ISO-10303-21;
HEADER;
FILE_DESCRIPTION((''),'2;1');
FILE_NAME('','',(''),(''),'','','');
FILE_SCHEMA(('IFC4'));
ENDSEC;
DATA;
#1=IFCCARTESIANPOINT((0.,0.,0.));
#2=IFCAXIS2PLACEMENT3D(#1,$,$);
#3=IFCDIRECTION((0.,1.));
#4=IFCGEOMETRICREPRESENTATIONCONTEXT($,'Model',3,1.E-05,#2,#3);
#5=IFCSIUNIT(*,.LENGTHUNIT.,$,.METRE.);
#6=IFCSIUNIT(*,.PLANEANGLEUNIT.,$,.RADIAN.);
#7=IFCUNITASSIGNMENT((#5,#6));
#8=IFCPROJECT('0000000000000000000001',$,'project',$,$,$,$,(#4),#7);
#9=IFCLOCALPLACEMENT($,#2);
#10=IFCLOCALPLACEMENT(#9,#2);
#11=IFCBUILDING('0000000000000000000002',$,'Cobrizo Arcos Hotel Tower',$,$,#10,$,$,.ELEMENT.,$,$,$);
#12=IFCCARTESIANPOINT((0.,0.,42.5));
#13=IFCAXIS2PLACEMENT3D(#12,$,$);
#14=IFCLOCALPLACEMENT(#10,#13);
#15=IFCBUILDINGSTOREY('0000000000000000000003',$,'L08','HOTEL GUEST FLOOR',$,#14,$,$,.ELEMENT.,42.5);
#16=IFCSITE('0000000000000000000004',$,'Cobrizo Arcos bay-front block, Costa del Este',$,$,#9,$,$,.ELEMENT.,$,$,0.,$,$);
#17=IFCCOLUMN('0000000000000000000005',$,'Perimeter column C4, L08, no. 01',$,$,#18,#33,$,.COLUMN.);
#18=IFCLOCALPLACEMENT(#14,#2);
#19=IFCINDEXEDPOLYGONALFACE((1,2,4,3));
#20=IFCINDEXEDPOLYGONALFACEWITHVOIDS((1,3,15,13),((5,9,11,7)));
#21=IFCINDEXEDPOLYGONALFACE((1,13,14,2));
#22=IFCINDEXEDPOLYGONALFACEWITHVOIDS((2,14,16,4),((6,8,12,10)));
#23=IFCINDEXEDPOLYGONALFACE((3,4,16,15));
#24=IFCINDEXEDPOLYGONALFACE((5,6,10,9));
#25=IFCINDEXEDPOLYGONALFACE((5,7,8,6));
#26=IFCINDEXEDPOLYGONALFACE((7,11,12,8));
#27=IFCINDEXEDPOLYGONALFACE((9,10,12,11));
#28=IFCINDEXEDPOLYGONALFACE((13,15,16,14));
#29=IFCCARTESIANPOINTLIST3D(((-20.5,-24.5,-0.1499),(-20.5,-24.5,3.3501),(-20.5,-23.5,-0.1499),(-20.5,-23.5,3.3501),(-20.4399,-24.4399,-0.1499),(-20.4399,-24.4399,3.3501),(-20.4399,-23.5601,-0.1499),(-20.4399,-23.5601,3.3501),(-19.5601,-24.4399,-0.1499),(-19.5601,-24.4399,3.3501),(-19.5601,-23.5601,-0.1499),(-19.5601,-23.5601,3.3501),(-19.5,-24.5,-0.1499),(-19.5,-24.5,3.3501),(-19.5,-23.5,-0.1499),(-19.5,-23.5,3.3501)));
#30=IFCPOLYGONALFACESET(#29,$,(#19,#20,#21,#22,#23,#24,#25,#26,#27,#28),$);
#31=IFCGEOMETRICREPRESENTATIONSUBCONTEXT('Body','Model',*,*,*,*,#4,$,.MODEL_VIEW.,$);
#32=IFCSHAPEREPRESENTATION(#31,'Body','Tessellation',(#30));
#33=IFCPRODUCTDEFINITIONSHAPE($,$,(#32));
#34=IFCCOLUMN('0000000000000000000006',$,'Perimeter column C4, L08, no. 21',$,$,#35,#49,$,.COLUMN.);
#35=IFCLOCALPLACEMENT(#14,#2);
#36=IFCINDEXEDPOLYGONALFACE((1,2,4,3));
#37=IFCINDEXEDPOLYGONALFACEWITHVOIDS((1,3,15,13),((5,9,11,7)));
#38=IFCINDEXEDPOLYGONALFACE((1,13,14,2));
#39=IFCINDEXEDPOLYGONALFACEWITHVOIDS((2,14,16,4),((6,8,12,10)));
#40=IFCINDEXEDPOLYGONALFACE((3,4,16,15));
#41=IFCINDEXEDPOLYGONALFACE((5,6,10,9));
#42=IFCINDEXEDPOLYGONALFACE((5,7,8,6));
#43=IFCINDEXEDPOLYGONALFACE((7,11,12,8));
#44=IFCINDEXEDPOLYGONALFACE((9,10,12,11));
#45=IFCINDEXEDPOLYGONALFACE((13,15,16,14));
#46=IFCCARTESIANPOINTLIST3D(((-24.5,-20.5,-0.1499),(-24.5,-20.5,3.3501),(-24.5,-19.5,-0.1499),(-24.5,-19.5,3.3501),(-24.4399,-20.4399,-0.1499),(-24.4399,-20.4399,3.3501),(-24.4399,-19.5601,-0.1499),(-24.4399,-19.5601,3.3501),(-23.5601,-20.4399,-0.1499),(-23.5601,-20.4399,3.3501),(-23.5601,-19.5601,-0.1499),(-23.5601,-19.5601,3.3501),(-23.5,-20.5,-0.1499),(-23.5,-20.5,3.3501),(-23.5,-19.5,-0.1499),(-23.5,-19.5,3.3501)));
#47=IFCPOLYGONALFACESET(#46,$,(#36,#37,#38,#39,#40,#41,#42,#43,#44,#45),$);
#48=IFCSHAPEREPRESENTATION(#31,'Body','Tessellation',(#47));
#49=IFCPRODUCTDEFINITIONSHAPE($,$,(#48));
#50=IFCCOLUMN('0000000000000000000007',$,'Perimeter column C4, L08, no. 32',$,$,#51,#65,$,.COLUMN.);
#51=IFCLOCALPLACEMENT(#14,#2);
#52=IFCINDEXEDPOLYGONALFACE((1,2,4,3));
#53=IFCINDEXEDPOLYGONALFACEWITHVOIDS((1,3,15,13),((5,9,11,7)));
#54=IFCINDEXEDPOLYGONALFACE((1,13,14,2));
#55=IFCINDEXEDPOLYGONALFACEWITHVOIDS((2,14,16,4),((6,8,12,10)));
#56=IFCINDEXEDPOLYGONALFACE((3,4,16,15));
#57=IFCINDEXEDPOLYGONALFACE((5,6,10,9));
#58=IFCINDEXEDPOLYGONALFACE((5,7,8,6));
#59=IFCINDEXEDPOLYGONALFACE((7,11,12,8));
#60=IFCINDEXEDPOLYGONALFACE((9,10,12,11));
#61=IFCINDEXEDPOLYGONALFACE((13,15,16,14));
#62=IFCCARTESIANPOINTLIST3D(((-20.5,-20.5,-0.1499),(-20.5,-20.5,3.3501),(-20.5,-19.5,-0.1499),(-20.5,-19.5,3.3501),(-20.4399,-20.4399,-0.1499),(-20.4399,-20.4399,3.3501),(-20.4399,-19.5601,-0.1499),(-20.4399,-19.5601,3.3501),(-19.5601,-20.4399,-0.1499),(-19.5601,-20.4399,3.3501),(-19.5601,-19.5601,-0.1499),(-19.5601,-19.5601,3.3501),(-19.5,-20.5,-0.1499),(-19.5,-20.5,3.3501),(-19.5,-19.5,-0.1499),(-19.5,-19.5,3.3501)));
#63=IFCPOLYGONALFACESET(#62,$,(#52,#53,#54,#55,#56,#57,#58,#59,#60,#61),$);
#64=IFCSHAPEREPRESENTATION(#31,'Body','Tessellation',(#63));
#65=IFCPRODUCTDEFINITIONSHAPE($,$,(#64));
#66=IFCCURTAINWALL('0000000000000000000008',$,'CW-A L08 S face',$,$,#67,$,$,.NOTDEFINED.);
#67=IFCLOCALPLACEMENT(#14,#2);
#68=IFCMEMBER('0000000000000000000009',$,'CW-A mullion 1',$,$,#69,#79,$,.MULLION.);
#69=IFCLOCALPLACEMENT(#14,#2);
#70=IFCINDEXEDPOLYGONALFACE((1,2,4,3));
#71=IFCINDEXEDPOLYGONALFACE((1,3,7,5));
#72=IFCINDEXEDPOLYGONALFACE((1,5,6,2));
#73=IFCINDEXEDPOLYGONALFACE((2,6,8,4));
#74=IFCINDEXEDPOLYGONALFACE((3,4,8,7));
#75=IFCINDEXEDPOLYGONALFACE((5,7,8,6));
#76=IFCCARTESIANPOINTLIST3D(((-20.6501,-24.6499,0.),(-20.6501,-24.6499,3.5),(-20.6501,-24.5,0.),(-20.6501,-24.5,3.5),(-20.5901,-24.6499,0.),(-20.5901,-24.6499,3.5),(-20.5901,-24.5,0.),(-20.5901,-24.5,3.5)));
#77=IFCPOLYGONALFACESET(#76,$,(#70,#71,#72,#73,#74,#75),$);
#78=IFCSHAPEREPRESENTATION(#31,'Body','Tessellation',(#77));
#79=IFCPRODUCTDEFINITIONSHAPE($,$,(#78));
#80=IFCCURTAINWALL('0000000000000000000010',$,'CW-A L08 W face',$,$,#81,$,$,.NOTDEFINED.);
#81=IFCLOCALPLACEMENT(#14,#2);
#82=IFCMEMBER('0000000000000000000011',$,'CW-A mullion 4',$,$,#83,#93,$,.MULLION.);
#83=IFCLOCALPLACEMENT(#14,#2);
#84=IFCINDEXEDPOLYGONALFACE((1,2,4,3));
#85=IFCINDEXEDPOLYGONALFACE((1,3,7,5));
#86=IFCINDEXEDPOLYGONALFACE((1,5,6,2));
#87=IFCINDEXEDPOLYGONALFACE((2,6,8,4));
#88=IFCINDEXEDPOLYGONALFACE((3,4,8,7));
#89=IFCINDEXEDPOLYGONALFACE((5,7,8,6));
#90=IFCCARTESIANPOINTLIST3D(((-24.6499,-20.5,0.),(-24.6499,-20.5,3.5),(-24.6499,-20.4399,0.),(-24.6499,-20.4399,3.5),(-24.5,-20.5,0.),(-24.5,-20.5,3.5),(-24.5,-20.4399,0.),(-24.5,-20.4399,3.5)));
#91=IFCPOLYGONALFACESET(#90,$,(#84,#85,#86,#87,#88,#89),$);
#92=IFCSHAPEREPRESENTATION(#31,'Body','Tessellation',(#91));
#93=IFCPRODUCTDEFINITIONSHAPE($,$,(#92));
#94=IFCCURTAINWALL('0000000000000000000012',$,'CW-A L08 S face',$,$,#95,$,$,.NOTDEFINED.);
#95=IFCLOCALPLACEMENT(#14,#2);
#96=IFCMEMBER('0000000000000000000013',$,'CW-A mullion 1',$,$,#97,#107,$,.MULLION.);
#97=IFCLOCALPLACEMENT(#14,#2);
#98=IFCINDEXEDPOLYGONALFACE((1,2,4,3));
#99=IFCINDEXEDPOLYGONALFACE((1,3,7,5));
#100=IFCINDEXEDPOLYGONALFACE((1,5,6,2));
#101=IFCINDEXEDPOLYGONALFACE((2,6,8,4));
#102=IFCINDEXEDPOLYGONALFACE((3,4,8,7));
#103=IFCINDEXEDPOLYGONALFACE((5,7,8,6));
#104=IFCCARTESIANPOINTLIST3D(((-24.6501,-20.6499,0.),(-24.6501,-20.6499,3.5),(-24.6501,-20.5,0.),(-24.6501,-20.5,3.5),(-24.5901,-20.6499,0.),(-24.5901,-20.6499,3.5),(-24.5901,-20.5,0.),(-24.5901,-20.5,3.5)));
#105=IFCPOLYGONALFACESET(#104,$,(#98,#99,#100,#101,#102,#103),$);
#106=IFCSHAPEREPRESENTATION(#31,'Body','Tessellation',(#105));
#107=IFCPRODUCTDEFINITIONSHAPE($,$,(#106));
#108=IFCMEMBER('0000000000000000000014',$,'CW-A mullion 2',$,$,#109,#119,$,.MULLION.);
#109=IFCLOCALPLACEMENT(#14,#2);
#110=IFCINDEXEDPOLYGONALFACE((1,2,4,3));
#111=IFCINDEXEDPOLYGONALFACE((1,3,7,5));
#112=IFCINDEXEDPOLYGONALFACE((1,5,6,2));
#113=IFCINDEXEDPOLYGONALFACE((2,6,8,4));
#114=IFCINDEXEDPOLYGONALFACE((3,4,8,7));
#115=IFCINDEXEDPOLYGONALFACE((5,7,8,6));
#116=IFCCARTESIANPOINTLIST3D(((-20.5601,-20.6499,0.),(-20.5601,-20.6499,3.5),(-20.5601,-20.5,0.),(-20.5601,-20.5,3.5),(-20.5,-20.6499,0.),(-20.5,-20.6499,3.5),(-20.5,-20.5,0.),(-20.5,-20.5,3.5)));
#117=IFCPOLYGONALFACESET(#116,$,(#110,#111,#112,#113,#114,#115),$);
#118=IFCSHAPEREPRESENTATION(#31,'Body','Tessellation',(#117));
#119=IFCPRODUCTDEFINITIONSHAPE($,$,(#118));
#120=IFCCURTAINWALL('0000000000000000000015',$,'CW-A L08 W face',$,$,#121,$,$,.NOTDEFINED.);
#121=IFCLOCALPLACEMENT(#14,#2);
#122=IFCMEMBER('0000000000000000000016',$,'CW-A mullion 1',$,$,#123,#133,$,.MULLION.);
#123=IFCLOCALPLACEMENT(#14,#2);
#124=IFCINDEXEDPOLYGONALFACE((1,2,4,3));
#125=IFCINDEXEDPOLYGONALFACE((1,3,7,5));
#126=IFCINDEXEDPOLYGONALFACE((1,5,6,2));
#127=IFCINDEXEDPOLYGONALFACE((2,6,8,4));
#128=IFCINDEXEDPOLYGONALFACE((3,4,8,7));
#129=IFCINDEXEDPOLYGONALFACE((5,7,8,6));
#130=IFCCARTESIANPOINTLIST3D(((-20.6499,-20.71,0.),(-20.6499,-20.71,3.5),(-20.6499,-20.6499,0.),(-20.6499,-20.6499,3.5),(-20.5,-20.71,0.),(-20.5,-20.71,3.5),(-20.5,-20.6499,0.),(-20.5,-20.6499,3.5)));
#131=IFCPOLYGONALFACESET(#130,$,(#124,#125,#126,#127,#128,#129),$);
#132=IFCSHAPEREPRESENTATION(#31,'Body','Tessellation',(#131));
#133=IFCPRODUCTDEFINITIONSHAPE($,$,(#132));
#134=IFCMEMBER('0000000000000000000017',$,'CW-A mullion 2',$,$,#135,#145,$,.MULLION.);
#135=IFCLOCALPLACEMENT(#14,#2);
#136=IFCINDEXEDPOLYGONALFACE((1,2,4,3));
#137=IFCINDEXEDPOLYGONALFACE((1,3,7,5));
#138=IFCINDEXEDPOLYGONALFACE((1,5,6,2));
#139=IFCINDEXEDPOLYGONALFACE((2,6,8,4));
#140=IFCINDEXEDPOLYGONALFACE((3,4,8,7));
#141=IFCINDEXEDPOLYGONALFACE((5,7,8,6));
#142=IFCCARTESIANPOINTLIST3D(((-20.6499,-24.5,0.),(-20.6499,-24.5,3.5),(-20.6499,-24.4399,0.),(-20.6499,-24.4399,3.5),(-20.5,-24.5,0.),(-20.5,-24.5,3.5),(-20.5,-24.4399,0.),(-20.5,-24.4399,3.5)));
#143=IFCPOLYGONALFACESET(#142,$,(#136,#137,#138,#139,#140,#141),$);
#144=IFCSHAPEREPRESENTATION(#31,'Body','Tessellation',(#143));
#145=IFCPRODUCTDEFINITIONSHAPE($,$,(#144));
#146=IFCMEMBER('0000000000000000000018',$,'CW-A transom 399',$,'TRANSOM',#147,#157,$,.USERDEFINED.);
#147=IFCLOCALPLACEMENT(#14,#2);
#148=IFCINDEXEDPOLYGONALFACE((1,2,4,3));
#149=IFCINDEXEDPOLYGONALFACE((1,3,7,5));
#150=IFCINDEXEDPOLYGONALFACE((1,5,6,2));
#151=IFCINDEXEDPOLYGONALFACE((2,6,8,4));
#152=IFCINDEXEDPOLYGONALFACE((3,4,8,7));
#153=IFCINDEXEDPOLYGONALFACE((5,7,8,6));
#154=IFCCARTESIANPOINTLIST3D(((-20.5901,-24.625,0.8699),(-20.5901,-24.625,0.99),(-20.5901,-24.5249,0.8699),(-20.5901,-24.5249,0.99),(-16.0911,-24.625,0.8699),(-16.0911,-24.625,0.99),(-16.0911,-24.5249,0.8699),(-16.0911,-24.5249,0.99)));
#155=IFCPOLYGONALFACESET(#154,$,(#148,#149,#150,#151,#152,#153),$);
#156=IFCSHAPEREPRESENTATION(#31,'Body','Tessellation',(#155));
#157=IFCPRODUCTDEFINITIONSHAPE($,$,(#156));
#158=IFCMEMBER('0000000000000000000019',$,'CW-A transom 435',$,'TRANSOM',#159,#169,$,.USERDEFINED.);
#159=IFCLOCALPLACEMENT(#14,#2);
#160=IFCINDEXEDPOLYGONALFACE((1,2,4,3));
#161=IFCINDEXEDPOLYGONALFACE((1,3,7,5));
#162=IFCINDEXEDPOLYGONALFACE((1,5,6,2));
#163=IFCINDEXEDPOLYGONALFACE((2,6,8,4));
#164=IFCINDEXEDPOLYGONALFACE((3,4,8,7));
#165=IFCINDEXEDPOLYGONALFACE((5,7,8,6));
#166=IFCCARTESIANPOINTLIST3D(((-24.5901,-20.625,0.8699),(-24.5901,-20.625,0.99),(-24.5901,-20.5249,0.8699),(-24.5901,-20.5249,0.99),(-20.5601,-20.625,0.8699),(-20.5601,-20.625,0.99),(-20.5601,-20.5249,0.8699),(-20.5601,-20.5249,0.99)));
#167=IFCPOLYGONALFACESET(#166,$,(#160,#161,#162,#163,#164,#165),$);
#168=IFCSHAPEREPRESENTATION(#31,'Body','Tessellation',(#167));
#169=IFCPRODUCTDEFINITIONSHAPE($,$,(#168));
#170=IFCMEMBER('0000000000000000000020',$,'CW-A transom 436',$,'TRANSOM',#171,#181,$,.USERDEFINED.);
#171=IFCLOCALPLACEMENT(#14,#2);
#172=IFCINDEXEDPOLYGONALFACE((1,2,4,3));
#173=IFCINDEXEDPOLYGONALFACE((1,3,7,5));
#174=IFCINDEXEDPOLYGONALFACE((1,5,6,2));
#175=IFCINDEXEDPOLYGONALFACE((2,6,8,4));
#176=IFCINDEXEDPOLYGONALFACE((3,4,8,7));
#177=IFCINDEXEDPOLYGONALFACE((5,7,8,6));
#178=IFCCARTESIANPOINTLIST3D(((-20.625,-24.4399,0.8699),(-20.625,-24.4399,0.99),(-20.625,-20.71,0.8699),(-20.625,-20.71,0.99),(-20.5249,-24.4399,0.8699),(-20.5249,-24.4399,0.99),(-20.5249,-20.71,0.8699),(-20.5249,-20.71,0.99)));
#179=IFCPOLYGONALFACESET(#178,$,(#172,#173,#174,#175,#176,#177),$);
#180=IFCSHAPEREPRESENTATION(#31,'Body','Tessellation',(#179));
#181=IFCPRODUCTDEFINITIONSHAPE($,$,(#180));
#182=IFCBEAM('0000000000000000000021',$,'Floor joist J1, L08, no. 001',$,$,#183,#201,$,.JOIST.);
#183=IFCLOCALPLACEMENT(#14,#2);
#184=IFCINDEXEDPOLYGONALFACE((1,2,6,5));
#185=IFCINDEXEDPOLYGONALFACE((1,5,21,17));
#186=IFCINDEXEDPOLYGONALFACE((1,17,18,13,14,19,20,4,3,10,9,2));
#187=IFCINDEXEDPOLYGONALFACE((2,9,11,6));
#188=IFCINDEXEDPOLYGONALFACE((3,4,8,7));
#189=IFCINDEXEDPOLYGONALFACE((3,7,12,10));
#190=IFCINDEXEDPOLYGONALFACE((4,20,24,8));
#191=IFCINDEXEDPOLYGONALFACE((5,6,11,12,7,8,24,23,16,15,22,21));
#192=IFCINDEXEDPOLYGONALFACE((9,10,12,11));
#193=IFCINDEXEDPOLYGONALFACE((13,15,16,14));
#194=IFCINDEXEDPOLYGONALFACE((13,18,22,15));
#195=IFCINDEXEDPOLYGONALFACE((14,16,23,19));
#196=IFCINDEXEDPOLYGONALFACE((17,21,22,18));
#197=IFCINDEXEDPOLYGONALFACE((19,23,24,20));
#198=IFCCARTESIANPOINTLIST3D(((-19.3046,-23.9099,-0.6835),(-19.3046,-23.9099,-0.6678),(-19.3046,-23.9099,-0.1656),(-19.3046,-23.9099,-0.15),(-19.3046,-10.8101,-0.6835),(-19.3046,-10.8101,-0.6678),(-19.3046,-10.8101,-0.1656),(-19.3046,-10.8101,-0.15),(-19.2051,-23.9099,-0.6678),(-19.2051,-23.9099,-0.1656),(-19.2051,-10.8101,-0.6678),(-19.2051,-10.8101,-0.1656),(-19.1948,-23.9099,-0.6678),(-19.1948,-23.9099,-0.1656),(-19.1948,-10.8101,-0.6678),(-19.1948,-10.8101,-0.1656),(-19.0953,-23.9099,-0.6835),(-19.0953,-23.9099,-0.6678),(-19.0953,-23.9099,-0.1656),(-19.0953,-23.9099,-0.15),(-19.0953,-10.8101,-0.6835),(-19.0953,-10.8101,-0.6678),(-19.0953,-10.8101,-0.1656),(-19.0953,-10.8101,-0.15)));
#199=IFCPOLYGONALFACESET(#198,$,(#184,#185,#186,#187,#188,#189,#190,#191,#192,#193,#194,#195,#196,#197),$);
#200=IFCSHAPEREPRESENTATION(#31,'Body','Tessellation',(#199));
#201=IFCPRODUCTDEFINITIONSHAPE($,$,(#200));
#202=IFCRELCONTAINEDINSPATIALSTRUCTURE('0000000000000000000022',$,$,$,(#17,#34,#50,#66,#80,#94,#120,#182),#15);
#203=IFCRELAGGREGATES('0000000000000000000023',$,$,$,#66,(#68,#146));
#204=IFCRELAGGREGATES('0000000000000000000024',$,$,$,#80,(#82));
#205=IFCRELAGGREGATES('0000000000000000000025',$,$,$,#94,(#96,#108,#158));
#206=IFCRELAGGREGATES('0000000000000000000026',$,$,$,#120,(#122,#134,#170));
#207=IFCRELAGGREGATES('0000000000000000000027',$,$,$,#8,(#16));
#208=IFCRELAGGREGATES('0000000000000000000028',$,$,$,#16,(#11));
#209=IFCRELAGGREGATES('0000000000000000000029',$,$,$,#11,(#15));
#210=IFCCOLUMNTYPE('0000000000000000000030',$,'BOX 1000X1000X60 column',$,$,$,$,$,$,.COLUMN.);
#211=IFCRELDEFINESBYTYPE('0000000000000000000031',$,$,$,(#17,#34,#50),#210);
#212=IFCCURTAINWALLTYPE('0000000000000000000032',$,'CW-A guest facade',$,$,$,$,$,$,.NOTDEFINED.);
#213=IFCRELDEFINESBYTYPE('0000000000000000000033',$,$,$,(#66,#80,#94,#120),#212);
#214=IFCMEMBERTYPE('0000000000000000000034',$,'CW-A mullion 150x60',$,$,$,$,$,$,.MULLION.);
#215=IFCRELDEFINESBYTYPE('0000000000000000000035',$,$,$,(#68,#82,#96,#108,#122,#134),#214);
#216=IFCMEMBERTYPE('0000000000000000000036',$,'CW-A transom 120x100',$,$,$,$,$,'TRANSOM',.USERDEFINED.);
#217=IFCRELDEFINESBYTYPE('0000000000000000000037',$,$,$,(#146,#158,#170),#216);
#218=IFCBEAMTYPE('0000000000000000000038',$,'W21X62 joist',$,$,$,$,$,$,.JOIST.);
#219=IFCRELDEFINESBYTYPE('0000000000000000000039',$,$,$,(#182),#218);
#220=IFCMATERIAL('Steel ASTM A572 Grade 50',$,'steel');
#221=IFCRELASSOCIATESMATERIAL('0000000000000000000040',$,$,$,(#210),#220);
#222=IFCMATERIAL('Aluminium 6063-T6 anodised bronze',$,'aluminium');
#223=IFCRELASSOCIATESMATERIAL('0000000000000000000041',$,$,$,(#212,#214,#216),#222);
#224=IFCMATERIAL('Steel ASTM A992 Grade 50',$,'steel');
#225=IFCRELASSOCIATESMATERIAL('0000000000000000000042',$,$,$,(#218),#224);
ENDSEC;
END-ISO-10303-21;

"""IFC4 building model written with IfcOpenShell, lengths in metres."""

from ifc_helpers import new_model, si_unit, direction, frame, origin, origin_2d, place, context, subcontext, project, spatial, rectangle, hollow_rectangle, i_section, extrude, material, material_profile, profile_set, type_object, element, aggregate, save


model = new_model("IFC4")

# Units and contexts
model_context = context("Model", 3, precision=1e-05, world=origin(), true_north=direction((0.0, 1.0)))
body_context = subcontext(model_context, "Body", "Model", "MODEL_VIEW")
ifc_project = project(units=[si_unit("LENGTHUNIT", "METRE"), si_unit("PLANEANGLEUNIT", "RADIAN")], contexts=[model_context])

# Site, building, storey
site_placement = place(None, origin())
site = spatial("IfcSite", under=ifc_project, at=site_placement, Name="Cobrizo Arcos bay-front block, Costa del Este", CompositionType="ELEMENT", RefElevation=0.0)
building_placement = place(site_placement, origin())
building = spatial("IfcBuilding", under=site, at=building_placement, Name="Cobrizo Arcos Hotel Tower", CompositionType="ELEMENT")
storey_placement = place(building_placement, frame((0.0, 0.0, 42.5)))
storey = spatial("IfcBuildingStorey", under=building, at=storey_placement, Name="L08", Description="HOTEL GUEST FLOOR", CompositionType="ELEMENT", Elevation=42.5)

# Columns
ifc_material_1 = material(Name="Steel ASTM A572 Grade 50", Category="steel")
ifc_material_profile_1 = material_profile(ifc_material_1, hollow_rectangle(XDim=1.0, YDim=1.0, WallThickness=0.0601, at=origin_2d()), Name="BOX 1000X1000X60")
ifc_profile_set_1 = profile_set([ifc_material_profile_1], Name="Steel ASTM A572 Grade 50")
column_type = type_object("IfcColumnType", Name="BOX 1000X1000X60 column", PredefinedType="COLUMN", material=ifc_profile_set_1)
for number, where, z_axis, x_axis, name in (
    (1, (-20.0, -24.0, -0.1499), (0.0, 0.0, 1.0), (1.0, 0.0, 0.0), "Perimeter column C4, L08, no. 01"),
    (2, (-24.0, -20.0, -0.1499), (0.0, 0.0, 1.0), (1.0, 0.0, 0.0), "Perimeter column C4, L08, no. 21"),
    (3, (-20.0, -20.0, -0.1499), (0.0, 0.0, 1.0), (1.0, 0.0, 0.0), "Perimeter column C4, L08, no. 32"),
):
    element("IfcColumn", number, at=place(storey_placement, frame(where, z_axis=z_axis, x_axis=x_axis)), inside=storey, type_object=column_type, Name=name, PredefinedType="COLUMN", context=body_context, shape_type="SweptSolid", body=[
        extrude(hollow_rectangle(XDim=1.0, YDim=1.0, WallThickness=0.0601, at=origin_2d()), origin(), (0.0, 0.0, 1.0), 3.5),
    ])

# Curtain walls, members
ifc_material_2 = material(Name="Aluminium 6063-T6 anodised bronze", Category="aluminium")
curtain_wall_type = type_object("IfcCurtainWallType", Name="CW-A guest facade", PredefinedType="NOTDEFINED", material=ifc_material_2)
curtain_wall_1_placement = place(storey_placement, origin())
curtain_wall_1 = element("IfcCurtainWall", 4, at=curtain_wall_1_placement, inside=storey, type_object=curtain_wall_type, Name="CW-A L08 S face", PredefinedType="NOTDEFINED")
ifc_material_profile_2 = material_profile(ifc_material_2, rectangle(XDim=0.1499, YDim=0.0601, at=origin_2d()), Name="CW-A mullion 150x60")
ifc_profile_set_2 = profile_set([ifc_material_profile_2], Name="Aluminium 6063-T6 anodised bronze")
member_type_1 = type_object("IfcMemberType", Name="CW-A mullion 150x60", PredefinedType="MULLION", material=ifc_profile_set_2)
member_1_placement = place(storey_placement, frame((-20.6201, -24.575, 0.0), z_axis=(0.0, 0.0, 1.0), x_axis=(0.0, -1.0, 0.0)))
member_1 = element("IfcMember", 5, at=member_1_placement, type_object=member_type_1, Name="CW-A mullion 1", PredefinedType="MULLION", context=body_context, shape_type="SweptSolid", body=[
    extrude(rectangle(XDim=0.1499, YDim=0.0601, at=origin_2d()), origin(), (0.0, 0.0, 1.0), 3.5),
])
curtain_wall_2_placement = place(storey_placement, origin())
curtain_wall_2 = element("IfcCurtainWall", 6, at=curtain_wall_2_placement, inside=storey, type_object=curtain_wall_type, Name="CW-A L08 W face", PredefinedType="NOTDEFINED")
member_2_placement = place(storey_placement, frame((-24.575, -20.47, 0.0), z_axis=(0.0, 0.0, 1.0), x_axis=(-1.0, 0.0, 0.0)))
member_2 = element("IfcMember", 7, at=member_2_placement, type_object=member_type_1, Name="CW-A mullion 4", PredefinedType="MULLION", context=body_context, shape_type="SweptSolid", body=[
    extrude(rectangle(XDim=0.1499, YDim=0.0601, at=origin_2d()), origin(), (0.0, 0.0, 1.0), 3.5),
])

# Curtain walls, members
curtain_wall_3_placement = place(storey_placement, origin())
curtain_wall_3 = element("IfcCurtainWall", 8, at=curtain_wall_3_placement, inside=storey, type_object=curtain_wall_type, Name="CW-A L08 S face", PredefinedType="NOTDEFINED")
member_3_placement = place(storey_placement, frame((-24.6201, -20.575, 0.0), z_axis=(0.0, 0.0, 1.0), x_axis=(0.0, -1.0, 0.0)))
member_3 = element("IfcMember", 9, at=member_3_placement, type_object=member_type_1, Name="CW-A mullion 1", PredefinedType="MULLION", context=body_context, shape_type="SweptSolid", body=[
    extrude(rectangle(XDim=0.1499, YDim=0.0601, at=origin_2d()), origin(), (0.0, 0.0, 1.0), 3.5),
])
member_4_placement = place(storey_placement, frame((-20.53, -20.575, 0.0), z_axis=(0.0, 0.0, 1.0), x_axis=(0.0, -1.0, 0.0)))
member_4 = element("IfcMember", 10, at=member_4_placement, type_object=member_type_1, Name="CW-A mullion 2", PredefinedType="MULLION", context=body_context, shape_type="SweptSolid", body=[
    extrude(rectangle(XDim=0.1499, YDim=0.0601, at=origin_2d()), origin(), (0.0, 0.0, 1.0), 3.5),
])
curtain_wall_4_placement = place(storey_placement, origin())
curtain_wall_4 = element("IfcCurtainWall", 11, at=curtain_wall_4_placement, inside=storey, type_object=curtain_wall_type, Name="CW-A L08 W face", PredefinedType="NOTDEFINED")
member_5_placement = place(storey_placement, frame((-20.575, -20.6799, 0.0), z_axis=(0.0, 0.0, 1.0), x_axis=(-1.0, 0.0, 0.0)))
member_5 = element("IfcMember", 12, at=member_5_placement, type_object=member_type_1, Name="CW-A mullion 1", PredefinedType="MULLION", context=body_context, shape_type="SweptSolid", body=[
    extrude(rectangle(XDim=0.1499, YDim=0.0601, at=origin_2d()), origin(), (0.0, 0.0, 1.0), 3.5),
])
member_6_placement = place(storey_placement, frame((-20.575, -24.47, 0.0), z_axis=(0.0, 0.0, 1.0), x_axis=(-1.0, 0.0, 0.0)))
member_6 = element("IfcMember", 13, at=member_6_placement, type_object=member_type_1, Name="CW-A mullion 2", PredefinedType="MULLION", context=body_context, shape_type="SweptSolid", body=[
    extrude(rectangle(XDim=0.1499, YDim=0.0601, at=origin_2d()), origin(), (0.0, 0.0, 1.0), 3.5),
])

# Members
ifc_material_profile_3 = material_profile(ifc_material_2, rectangle(XDim=0.1001, YDim=0.1201, at=origin_2d()), Name="CW-A transom 120x100")
ifc_profile_set_3 = profile_set([ifc_material_profile_3], Name="Aluminium 6063-T6 anodised bronze")
member_type_2 = type_object("IfcMemberType", Name="CW-A transom 120x100", ElementType="TRANSOM", PredefinedType="USERDEFINED", material=ifc_profile_set_3)
member_7_placement = place(storey_placement, frame((-20.5901, -24.575, 0.9299), z_axis=(1.0, 0.0, 0.0), x_axis=(0.0, 1.0, 0.0)))
member_7 = element("IfcMember", 14, at=member_7_placement, type_object=member_type_2, Name="CW-A transom 399", ObjectType="TRANSOM", PredefinedType="USERDEFINED", context=body_context, shape_type="SweptSolid", body=[
    extrude(rectangle(XDim=0.1001, YDim=0.1201, at=origin_2d()), origin(), (0.0, 0.0, 1.0), 4.499),
])
member_8_placement = place(storey_placement, frame((-24.5901, -20.575, 0.9299), z_axis=(1.0, 0.0, 0.0), x_axis=(0.0, 1.0, 0.0)))
member_8 = element("IfcMember", 15, at=member_8_placement, type_object=member_type_2, Name="CW-A transom 435", ObjectType="TRANSOM", PredefinedType="USERDEFINED", context=body_context, shape_type="SweptSolid", body=[
    extrude(rectangle(XDim=0.1001, YDim=0.1201, at=origin_2d()), origin(), (0.0, 0.0, 1.0), 4.03),
])
member_9_placement = place(storey_placement, frame((-20.575, -20.71, 0.9299), z_axis=(0.0, -1.0, 0.0), x_axis=(1.0, 0.0, 0.0)))
member_9 = element("IfcMember", 16, at=member_9_placement, type_object=member_type_2, Name="CW-A transom 436", ObjectType="TRANSOM", PredefinedType="USERDEFINED", context=body_context, shape_type="SweptSolid", body=[
    extrude(rectangle(XDim=0.1001, YDim=0.1201, at=origin_2d()), origin(), (0.0, 0.0, 1.0), 3.73),
])

# Beam
ifc_material_3 = material(Name="Steel ASTM A992 Grade 50", Category="steel")
ifc_material_profile_4 = material_profile(ifc_material_3, i_section(OverallWidth=0.2092, OverallDepth=0.5334, WebThickness=0.0103, FlangeThickness=0.0156, at=origin_2d()), Name="W21X62")
ifc_profile_set_4 = profile_set([ifc_material_profile_4], Name="Steel ASTM A992 Grade 50")
beam_type_1 = type_object("IfcBeamType", Name="W21X62 joist", PredefinedType="JOIST", material=ifc_profile_set_4)
beam_1_placement = place(storey_placement, frame((-19.2, -23.9099, -0.4167), z_axis=(0.0, 1.0, 0.0), x_axis=(-1.0, 0.0, 0.0)))
element("IfcBeam", 17, at=beam_1_placement, inside=storey, type_object=beam_type_1, Name="Floor joist J1, L08, no. 001", PredefinedType="JOIST", context=body_context, shape_type="SweptSolid", body=[
    extrude(i_section(OverallWidth=0.2092, OverallDepth=0.5334, WebThickness=0.0103, FlangeThickness=0.0156, at=origin_2d()), origin(), (0.0, 0.0, 1.0), 13.0999),
])

aggregate(curtain_wall_1, [member_1, member_7])
aggregate(curtain_wall_2, [member_2])
aggregate(curtain_wall_3, [member_3, member_4, member_8])
aggregate(curtain_wall_4, [member_5, member_6, member_9])

save(model, "model.ifc")
